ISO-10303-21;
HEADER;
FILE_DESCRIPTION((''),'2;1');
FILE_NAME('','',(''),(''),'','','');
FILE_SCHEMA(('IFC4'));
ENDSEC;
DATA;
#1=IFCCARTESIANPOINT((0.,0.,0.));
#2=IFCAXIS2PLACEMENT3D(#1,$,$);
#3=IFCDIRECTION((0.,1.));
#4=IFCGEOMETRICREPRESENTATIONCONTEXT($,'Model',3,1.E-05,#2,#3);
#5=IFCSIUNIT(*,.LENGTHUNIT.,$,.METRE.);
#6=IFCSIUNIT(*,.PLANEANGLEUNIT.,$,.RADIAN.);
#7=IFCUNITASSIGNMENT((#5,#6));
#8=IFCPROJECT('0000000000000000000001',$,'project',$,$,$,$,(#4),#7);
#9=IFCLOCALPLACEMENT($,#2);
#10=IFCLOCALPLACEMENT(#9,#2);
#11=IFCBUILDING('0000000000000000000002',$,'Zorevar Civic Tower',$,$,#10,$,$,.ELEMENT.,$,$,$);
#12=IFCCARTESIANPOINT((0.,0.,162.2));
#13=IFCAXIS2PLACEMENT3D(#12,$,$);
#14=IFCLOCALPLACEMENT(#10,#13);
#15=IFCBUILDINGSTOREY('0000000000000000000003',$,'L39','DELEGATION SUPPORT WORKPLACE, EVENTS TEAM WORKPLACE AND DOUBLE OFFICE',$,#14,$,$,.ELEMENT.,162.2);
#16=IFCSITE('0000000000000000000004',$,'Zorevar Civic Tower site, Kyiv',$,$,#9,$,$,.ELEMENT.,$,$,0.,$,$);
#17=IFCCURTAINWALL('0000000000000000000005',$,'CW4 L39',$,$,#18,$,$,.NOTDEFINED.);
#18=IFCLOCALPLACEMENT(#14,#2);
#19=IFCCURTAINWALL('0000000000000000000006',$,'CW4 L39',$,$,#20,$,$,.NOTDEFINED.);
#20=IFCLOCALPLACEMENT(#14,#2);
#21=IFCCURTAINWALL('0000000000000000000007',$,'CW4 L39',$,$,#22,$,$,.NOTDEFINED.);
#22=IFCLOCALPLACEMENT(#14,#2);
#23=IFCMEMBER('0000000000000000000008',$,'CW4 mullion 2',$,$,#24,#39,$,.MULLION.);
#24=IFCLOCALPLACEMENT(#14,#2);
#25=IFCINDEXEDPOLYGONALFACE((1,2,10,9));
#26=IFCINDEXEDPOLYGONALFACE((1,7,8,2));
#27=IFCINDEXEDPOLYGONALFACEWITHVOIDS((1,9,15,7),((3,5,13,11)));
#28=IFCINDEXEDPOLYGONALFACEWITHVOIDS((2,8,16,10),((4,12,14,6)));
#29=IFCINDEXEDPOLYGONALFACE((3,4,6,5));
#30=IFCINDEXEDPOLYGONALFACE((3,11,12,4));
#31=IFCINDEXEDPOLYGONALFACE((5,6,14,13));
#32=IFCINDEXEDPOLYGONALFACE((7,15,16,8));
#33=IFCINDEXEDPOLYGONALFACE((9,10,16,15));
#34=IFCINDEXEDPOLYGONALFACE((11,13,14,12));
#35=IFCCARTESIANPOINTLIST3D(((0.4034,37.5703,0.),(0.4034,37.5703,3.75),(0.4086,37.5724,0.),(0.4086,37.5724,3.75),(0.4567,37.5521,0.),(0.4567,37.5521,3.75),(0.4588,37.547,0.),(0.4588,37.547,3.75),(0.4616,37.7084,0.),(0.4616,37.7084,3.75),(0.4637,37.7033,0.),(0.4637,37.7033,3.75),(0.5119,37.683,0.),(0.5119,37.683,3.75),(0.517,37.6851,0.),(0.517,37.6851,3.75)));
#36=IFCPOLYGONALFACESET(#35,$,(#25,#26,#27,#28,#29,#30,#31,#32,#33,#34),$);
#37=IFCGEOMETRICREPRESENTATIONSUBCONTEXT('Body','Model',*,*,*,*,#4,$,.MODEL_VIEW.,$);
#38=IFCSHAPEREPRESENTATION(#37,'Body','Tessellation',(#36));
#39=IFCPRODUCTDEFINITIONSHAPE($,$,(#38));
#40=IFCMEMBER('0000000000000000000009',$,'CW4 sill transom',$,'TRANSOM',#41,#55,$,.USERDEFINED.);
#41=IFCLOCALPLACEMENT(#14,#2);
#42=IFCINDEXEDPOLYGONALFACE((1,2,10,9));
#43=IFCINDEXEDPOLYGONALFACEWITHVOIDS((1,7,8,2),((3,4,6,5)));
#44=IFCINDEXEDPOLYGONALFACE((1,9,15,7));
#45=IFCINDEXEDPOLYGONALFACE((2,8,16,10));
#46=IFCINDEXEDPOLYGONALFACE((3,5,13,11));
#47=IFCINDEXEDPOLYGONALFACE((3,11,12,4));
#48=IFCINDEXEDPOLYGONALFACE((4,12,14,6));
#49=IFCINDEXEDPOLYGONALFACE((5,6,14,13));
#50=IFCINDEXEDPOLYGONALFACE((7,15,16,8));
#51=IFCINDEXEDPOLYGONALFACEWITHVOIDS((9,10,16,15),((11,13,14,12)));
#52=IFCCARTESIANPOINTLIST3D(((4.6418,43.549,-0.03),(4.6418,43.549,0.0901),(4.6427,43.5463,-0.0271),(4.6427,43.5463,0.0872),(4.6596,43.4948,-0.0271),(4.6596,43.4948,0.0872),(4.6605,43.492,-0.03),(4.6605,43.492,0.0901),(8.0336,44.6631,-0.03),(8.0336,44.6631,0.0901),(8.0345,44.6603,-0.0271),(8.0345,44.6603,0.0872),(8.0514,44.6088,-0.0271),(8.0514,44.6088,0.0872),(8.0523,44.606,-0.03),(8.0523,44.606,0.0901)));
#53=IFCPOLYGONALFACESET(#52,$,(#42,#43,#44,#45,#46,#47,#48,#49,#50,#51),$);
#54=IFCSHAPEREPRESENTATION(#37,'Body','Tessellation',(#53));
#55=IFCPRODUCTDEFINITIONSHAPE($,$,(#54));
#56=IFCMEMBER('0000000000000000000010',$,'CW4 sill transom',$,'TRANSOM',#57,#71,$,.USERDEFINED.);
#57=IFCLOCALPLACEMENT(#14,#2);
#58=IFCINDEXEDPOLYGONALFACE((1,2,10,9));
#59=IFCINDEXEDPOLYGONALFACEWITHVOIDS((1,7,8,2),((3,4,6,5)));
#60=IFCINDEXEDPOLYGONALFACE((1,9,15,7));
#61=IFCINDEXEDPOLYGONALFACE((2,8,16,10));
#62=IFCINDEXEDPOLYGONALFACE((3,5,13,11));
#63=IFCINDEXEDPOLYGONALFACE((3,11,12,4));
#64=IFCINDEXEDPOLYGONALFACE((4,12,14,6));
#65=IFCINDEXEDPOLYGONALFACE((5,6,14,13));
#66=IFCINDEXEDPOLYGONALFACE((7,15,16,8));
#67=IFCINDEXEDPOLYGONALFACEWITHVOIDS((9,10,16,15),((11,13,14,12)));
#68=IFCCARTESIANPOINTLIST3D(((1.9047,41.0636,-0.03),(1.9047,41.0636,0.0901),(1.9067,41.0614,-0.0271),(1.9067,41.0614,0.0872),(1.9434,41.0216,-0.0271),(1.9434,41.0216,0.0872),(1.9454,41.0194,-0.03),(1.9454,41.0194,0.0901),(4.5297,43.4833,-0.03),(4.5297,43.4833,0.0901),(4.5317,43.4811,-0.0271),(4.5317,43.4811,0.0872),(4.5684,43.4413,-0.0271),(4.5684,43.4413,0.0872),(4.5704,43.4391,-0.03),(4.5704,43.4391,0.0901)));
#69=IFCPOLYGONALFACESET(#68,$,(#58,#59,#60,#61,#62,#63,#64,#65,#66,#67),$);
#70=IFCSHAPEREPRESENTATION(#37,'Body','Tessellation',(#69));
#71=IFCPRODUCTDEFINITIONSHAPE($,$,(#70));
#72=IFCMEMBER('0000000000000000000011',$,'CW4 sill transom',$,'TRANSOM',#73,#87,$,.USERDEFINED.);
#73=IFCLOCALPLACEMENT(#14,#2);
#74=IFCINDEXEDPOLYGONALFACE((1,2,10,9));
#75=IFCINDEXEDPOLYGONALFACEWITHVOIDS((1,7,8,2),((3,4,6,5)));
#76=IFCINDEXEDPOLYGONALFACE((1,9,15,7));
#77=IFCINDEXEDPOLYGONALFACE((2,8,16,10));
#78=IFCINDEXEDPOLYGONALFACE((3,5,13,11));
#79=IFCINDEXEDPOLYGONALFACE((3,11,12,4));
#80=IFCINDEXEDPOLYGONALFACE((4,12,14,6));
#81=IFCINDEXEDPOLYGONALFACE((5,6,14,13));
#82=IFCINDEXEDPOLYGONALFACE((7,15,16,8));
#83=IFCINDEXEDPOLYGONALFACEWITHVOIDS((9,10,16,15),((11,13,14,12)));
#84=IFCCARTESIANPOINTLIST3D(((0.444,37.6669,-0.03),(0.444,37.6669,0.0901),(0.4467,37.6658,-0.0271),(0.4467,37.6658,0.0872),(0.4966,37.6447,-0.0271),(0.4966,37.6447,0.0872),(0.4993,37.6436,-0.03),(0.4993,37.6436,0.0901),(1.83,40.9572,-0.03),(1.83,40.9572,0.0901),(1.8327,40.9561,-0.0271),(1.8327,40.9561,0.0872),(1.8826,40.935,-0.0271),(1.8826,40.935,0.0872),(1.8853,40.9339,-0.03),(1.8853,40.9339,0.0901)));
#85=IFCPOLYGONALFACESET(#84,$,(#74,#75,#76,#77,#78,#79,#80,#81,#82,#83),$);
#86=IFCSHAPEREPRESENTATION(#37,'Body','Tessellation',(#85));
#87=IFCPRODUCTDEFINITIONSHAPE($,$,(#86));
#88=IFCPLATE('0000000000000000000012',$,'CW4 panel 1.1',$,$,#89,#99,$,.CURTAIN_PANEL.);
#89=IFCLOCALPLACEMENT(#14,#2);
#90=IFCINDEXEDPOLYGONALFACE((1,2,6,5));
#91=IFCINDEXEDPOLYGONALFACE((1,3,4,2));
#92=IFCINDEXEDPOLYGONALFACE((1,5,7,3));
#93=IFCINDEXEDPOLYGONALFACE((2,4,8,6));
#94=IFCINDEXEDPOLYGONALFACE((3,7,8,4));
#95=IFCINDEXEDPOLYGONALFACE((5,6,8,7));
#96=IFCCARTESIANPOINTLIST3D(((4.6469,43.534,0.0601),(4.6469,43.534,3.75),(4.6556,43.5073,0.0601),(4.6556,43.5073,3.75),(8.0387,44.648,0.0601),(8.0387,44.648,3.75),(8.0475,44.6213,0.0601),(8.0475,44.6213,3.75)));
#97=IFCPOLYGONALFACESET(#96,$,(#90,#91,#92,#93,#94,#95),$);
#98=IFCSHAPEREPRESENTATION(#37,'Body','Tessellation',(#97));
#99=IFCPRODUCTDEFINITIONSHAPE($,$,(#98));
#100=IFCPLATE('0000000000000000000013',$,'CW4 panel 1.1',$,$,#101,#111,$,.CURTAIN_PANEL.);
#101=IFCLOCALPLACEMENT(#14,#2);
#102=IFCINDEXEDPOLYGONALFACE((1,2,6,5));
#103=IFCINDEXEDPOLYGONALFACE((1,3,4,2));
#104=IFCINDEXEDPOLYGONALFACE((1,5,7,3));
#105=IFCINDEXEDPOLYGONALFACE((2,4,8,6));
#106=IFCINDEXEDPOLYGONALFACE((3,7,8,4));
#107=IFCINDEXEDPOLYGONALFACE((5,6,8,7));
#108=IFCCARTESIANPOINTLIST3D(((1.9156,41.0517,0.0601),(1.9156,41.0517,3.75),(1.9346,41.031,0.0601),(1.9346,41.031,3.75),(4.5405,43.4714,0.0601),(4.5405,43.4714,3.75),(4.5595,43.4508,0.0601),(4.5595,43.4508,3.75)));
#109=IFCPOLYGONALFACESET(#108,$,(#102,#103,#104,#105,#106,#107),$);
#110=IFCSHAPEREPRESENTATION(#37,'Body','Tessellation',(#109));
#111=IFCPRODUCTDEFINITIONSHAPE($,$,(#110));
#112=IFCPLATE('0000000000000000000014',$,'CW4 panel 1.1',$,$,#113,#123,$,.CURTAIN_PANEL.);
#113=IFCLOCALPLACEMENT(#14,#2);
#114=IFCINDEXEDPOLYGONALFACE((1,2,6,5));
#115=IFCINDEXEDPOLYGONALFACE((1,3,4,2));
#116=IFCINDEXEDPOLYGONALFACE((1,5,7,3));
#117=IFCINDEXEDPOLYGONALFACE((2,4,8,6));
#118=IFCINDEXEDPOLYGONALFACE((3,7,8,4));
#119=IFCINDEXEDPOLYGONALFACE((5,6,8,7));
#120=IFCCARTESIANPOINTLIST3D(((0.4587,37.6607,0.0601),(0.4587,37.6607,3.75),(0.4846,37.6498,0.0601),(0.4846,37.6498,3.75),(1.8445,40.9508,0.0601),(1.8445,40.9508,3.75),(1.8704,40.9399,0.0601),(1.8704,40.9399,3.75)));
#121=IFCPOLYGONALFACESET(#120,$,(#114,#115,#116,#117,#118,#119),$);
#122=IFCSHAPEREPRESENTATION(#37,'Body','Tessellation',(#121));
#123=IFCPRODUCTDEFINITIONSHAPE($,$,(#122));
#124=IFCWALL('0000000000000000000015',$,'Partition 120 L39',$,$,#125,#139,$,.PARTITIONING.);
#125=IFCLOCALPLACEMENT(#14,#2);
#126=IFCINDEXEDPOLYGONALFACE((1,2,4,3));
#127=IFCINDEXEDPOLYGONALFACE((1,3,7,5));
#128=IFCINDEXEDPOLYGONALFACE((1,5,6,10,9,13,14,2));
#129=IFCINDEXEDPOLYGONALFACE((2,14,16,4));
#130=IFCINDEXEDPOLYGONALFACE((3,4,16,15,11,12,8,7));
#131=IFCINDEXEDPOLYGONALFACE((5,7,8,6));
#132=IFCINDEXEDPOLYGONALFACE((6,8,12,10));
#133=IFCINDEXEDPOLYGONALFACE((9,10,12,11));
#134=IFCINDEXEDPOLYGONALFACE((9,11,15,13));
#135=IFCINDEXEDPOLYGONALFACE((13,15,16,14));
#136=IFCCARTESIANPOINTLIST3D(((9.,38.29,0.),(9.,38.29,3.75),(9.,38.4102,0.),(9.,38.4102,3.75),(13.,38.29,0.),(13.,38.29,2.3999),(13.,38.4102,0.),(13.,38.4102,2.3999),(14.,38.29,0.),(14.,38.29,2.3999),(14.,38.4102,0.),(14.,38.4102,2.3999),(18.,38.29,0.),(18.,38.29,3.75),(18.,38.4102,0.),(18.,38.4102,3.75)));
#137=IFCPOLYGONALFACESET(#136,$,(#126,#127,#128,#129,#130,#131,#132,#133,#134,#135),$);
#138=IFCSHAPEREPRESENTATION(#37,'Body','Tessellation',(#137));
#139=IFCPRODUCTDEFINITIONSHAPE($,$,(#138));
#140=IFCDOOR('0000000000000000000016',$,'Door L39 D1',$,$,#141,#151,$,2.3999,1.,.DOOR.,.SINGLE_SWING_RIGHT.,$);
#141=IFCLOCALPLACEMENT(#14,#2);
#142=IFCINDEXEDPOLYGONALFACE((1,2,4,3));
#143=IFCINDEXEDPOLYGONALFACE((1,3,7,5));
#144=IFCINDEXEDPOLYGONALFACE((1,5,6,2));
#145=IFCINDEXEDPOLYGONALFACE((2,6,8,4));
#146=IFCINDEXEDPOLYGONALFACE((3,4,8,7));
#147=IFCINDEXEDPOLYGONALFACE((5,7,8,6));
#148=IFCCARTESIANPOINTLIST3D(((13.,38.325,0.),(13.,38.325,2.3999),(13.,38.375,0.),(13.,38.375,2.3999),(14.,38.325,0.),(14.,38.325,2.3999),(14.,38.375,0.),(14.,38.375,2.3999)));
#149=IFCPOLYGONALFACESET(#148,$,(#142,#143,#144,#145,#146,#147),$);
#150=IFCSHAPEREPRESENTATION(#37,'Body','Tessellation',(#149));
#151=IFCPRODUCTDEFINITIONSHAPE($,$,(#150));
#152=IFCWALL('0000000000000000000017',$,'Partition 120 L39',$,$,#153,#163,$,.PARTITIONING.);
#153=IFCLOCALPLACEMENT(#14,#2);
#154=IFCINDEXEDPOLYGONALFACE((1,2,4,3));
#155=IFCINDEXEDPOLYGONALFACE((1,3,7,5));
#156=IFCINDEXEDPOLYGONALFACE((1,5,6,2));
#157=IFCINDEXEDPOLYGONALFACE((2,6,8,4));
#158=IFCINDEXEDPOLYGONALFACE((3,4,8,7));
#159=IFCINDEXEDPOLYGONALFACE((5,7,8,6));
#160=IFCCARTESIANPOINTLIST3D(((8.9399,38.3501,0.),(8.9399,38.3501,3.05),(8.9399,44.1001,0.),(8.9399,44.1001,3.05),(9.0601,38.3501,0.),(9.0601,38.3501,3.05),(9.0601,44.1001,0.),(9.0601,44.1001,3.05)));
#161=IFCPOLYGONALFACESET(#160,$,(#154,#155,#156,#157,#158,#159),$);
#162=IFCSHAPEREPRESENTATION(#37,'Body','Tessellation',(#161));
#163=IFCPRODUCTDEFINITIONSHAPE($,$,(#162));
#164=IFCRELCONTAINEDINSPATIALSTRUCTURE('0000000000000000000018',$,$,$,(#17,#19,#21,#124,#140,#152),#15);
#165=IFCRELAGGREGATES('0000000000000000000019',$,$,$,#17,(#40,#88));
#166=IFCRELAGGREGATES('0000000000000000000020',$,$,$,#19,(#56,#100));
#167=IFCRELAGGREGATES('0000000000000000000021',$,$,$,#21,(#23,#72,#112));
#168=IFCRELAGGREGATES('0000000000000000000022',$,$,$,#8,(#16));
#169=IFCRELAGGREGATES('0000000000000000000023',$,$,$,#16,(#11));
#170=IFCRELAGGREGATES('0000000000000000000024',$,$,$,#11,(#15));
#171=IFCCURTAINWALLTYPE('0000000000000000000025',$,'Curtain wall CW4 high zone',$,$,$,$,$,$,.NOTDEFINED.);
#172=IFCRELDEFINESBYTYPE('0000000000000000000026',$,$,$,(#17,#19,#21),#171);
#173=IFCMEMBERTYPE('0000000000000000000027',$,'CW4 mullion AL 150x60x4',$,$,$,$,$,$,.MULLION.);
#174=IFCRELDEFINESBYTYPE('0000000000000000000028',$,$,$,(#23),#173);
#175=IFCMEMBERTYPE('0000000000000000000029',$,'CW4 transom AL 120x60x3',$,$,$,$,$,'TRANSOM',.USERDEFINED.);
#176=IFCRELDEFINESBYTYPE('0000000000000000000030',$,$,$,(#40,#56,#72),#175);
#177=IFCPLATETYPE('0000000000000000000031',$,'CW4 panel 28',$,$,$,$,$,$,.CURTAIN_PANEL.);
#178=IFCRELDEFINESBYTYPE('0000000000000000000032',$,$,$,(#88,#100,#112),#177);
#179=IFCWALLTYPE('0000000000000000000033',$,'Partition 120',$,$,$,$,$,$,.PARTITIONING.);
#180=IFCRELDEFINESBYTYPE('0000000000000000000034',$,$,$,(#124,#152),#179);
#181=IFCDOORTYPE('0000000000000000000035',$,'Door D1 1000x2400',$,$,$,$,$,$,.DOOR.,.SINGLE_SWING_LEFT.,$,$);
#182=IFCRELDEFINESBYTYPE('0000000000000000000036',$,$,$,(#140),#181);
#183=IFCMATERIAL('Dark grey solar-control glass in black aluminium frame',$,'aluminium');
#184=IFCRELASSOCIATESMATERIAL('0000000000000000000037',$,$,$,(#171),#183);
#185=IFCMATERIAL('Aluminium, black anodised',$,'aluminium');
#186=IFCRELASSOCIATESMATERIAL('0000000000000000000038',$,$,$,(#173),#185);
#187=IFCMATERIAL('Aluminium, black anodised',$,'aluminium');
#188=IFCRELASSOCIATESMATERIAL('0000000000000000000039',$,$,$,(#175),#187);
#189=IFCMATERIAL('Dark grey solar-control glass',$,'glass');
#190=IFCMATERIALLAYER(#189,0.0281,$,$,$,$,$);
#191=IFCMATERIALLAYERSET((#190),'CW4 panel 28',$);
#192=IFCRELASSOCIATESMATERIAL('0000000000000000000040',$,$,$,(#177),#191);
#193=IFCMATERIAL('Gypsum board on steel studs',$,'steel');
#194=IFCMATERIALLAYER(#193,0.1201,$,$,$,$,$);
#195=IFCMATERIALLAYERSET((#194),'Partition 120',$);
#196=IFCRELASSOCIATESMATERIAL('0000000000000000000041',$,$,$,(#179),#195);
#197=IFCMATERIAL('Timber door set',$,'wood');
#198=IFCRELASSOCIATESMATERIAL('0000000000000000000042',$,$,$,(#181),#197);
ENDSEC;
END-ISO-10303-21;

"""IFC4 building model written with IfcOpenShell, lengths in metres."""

from ifc_helpers import new_model, si_unit, direction, frame, frame_2d, origin, origin_2d, place, context, subcontext, project, spatial, rectangle, hollow_rectangle, extrude, material, layer, layer_set, material_profile, profile_set, type_object, element, fill, aggregate, save


model = new_model("IFC4")

# Units and contexts
model_context = context("Model", 3, precision=1e-05, world=origin(), true_north=direction((0.0, 1.0)))
body_context = subcontext(model_context, "Body", "Model", "MODEL_VIEW")
ifc_project = project(units=[si_unit("LENGTHUNIT", "METRE"), si_unit("PLANEANGLEUNIT", "RADIAN")], contexts=[model_context])

# Site, building, storey
site_placement = place(None, origin())
site = spatial("IfcSite", under=ifc_project, at=site_placement, Name="Zorevar Civic Tower site, Kyiv", CompositionType="ELEMENT", RefElevation=0.0)
building_placement = place(site_placement, origin())
building = spatial("IfcBuilding", under=site, at=building_placement, Name="Zorevar Civic Tower", CompositionType="ELEMENT")
storey_placement = place(building_placement, frame((0.0, 0.0, 162.2)))
storey = spatial("IfcBuildingStorey", under=building, at=storey_placement, Name="L39", Description="DELEGATION SUPPORT WORKPLACE, EVENTS TEAM WORKPLACE AND DOUBLE OFFICE", CompositionType="ELEMENT", Elevation=162.2)

# Shared definitions
ifc_material_1 = material(Name="Dark grey solar-control glass in black aluminium frame", Category="aluminium")
curtain_wall_type = type_object("IfcCurtainWallType", Name="Curtain wall CW4 high zone", PredefinedType="NOTDEFINED", material=ifc_material_1)
ifc_material_2 = material(Name="Aluminium, black anodised", Category="aluminium")
ifc_material_profile_1 = material_profile(ifc_material_2, hollow_rectangle(XDim=0.0601, YDim=0.1499, WallThickness=0.0039, at=origin_2d()), Name="AL 150x60x4")
ifc_profile_set_1 = profile_set([ifc_material_profile_1], Name="Aluminium, black anodised")
member_type_1 = type_object("IfcMemberType", Name="CW4 mullion AL 150x60x4", PredefinedType="MULLION", material=ifc_profile_set_1)

# Curtain walls, member
curtain_wall_1_placement = place(storey_placement, origin())
curtain_wall_1 = element("IfcCurtainWall", 1, at=curtain_wall_1_placement, inside=storey, type_object=curtain_wall_type, Name="CW4 L39", PredefinedType="NOTDEFINED")
curtain_wall_2_placement = place(storey_placement, origin())
curtain_wall_2 = element("IfcCurtainWall", 2, at=curtain_wall_2_placement, inside=storey, type_object=curtain_wall_type, Name="CW4 L39", PredefinedType="NOTDEFINED")
curtain_wall_3_placement = place(storey_placement, origin())
curtain_wall_3 = element("IfcCurtainWall", 3, at=curtain_wall_3_placement, inside=storey, type_object=curtain_wall_type, Name="CW4 L39", PredefinedType="NOTDEFINED")
member_1_placement = place(storey_placement, frame((0.4602, 37.6277, 0.0), z_axis=(0.0, 0.0, 1.0), x_axis=(0.921582, -0.388184, 0.0)))
member_1 = element("IfcMember", 4, at=member_1_placement, type_object=member_type_1, Name="CW4 mullion 2", PredefinedType="MULLION", context=body_context, shape_type="SweptSolid", body=[
    extrude(hollow_rectangle(XDim=0.0601, YDim=0.1499, WallThickness=0.0039, at=origin_2d()), origin(), (0.0, 0.0, 1.0), 3.75),
])

# Members
ifc_material_3 = material(Name="Aluminium, black anodised", Category="aluminium")
ifc_material_profile_2 = material_profile(ifc_material_3, hollow_rectangle(XDim=0.0601, YDim=0.1201, WallThickness=0.0029, at=origin_2d()), Name="AL 120x60x3")
ifc_profile_set_2 = profile_set([ifc_material_profile_2], Name="Aluminium, black anodised")
member_type_2 = type_object("IfcMemberType", Name="CW4 transom AL 120x60x3", ElementType="TRANSOM", PredefinedType="USERDEFINED", material=ifc_profile_set_2)
member_2_placement = place(storey_placement, frame((8.043, 44.6345, 0.03), z_axis=(-0.950069, -0.31204, 0.0), x_axis=(0.31204, -0.950069, 0.0)))
member_2 = element("IfcMember", 5, at=member_2_placement, type_object=member_type_2, Name="CW4 sill transom", ObjectType="TRANSOM", PredefinedType="USERDEFINED", context=body_context, shape_type="SweptSolid", body=[
    extrude(hollow_rectangle(XDim=0.0601, YDim=0.1201, WallThickness=0.0029, at=origin_2d()), origin(), (0.0, 0.0, 1.0), 3.5701),
])
member_3_placement = place(storey_placement, frame((4.55, 43.4612, 0.03), z_axis=(-0.735278, -0.677766, 0.0), x_axis=(0.677766, -0.735278, 0.0)))
member_3 = element("IfcMember", 6, at=member_3_placement, type_object=member_type_2, Name="CW4 sill transom", ObjectType="TRANSOM", PredefinedType="USERDEFINED", context=body_context, shape_type="SweptSolid", body=[
    extrude(hollow_rectangle(XDim=0.0601, YDim=0.1201, WallThickness=0.0029, at=origin_2d()), origin(), (0.0, 0.0, 1.0), 3.5701),
])
member_4_placement = place(storey_placement, frame((1.8577, 40.9456, 0.03), z_axis=(-0.388201, -0.921575, 0.0), x_axis=(0.921575, -0.388201, 0.0)))
member_4 = element("IfcMember", 7, at=member_4_placement, type_object=member_type_2, Name="CW4 sill transom", ObjectType="TRANSOM", PredefinedType="USERDEFINED", context=body_context, shape_type="SweptSolid", body=[
    extrude(hollow_rectangle(XDim=0.0601, YDim=0.1201, WallThickness=0.0029, at=origin_2d()), origin(), (0.0, 0.0, 1.0), 3.5703),
])

# Plates
ifc_material_4 = material(Name="Dark grey solar-control glass", Category="glass")
ifc_layer_1 = layer(ifc_material_4, 0.0281)
ifc_layer_set_1 = layer_set([ifc_layer_1], Name="CW4 panel 28")
plate_type = type_object("IfcPlateType", Name="CW4 panel 28", PredefinedType="CURTAIN_PANEL", material=ifc_layer_set_1)
plate_1_placement = place(storey_placement, frame((6.3472, 44.0776, 0.0601), z_axis=(0.0, 0.0, 1.0), x_axis=(-0.95007, -0.312036, 0.0)))
plate_1 = element("IfcPlate", 8, at=plate_1_placement, type_object=plate_type, Name="CW4 panel 1.1", PredefinedType="CURTAIN_PANEL", context=body_context, shape_type="SweptSolid", body=[
    extrude(rectangle(XDim=3.5701, YDim=0.0281, at=origin_2d()), origin(), (0.0, 0.0, 1.0), 3.6899),
])
aggregate(curtain_wall_1, [member_2, plate_1])
plate_2_placement = place(storey_placement, frame((3.2375, 42.2512, 0.0601), z_axis=(0.0, 0.0, 1.0), x_axis=(-0.735267, -0.677777, 0.0)))
plate_2 = element("IfcPlate", 9, at=plate_2_placement, type_object=plate_type, Name="CW4 panel 1.1", PredefinedType="CURTAIN_PANEL", context=body_context, shape_type="SweptSolid", body=[
    extrude(rectangle(XDim=3.5701, YDim=0.0281, at=origin_2d()), origin(), (0.0, 0.0, 1.0), 3.6899),
])
aggregate(curtain_wall_2, [member_3, plate_2])
plate_3_placement = place(storey_placement, frame((1.1646, 39.3003, 0.0601), z_axis=(0.0, 0.0, 1.0), x_axis=(-0.388184, -0.921582, 0.0)))
plate_3 = element("IfcPlate", 10, at=plate_3_placement, type_object=plate_type, Name="CW4 panel 1.1", PredefinedType="CURTAIN_PANEL", context=body_context, shape_type="SweptSolid", body=[
    extrude(rectangle(XDim=3.5701, YDim=0.0281, at=origin_2d()), origin(), (0.0, 0.0, 1.0), 3.6899),
])
aggregate(curtain_wall_3, [member_1, member_4, plate_3])

# Wall, opening, door
ifc_material_5 = material(Name="Gypsum board on steel studs", Category="steel")
ifc_layer_2 = layer(ifc_material_5, 0.1201)
ifc_layer_set_2 = layer_set([ifc_layer_2], Name="Partition 120")
wall_type = type_object("IfcWallType", Name="Partition 120", PredefinedType="PARTITIONING", material=ifc_layer_set_2)
wall_1_placement = place(storey_placement, frame((9.0, 38.3501, 0.0), z_axis=(0.0, 0.0, 1.0), x_axis=(1.0, 0.0, 0.0)))
wall_1 = element("IfcWall", 11, at=wall_1_placement, inside=storey, type_object=wall_type, Name="Partition 120 L39", PredefinedType="PARTITIONING", context=body_context, shape_type="SweptSolid", body=[
    extrude(rectangle(XDim=9.0, YDim=0.1201, at=frame_2d((4.5, 0.0))), origin(), (0.0, 0.0, 1.0), 3.75),
])
opening_placement = place(wall_1_placement, frame((4.0, 0.0, 0.0)))
opening = element("IfcOpeningElement", 12, at=opening_placement, cuts=wall_1, PredefinedType="OPENING", context=body_context, shape_type="SweptSolid", body=[
    extrude(rectangle(XDim=1.0, YDim=2.3999, at=frame_2d((0.5, 1.2))), frame((0.0, 0.0701, 0.0), z_axis=(0.0, -1.0, 0.0), x_axis=(1.0, 0.0, 0.0)), (0.0, 0.0, 1.0), 0.1401),
])
ifc_material_6 = material(Name="Timber door set", Category="wood")
door_type = type_object("IfcDoorType", Name="Door D1 1000x2400", OperationType="SINGLE_SWING_LEFT", PredefinedType="DOOR", material=ifc_material_6)
door_placement = place(opening_placement, origin())
door = element("IfcDoor", 13, at=door_placement, inside=storey, type_object=door_type, Name="Door L39 D1", OperationType="SINGLE_SWING_RIGHT", OverallHeight=2.3999, OverallWidth=1.0, PredefinedType="DOOR", context=body_context, shape_type="SweptSolid", body=[
    extrude(rectangle(XDim=1.0, YDim=2.3999, at=frame_2d((0.5, 1.2))), frame((0.0, 0.0249, 0.0), z_axis=(0.0, -1.0, 0.0), x_axis=(1.0, 0.0, 0.0)), (0.0, 0.0, 1.0), 0.05),
])
fill(opening, door)

# Wall
wall_2_placement = place(storey_placement, frame((9.0, 38.3501, 0.0), z_axis=(0.0, 0.0, 1.0), x_axis=(0.0, 1.0, 0.0)))
element("IfcWall", 14, at=wall_2_placement, inside=storey, type_object=wall_type, Name="Partition 120 L39", PredefinedType="PARTITIONING", context=body_context, shape_type="SweptSolid", body=[
    extrude(rectangle(XDim=5.75, YDim=0.1201, at=frame_2d((2.875, 0.0))), origin(), (0.0, 0.0, 1.0), 3.05),
])

save(model, "model.ifc")
